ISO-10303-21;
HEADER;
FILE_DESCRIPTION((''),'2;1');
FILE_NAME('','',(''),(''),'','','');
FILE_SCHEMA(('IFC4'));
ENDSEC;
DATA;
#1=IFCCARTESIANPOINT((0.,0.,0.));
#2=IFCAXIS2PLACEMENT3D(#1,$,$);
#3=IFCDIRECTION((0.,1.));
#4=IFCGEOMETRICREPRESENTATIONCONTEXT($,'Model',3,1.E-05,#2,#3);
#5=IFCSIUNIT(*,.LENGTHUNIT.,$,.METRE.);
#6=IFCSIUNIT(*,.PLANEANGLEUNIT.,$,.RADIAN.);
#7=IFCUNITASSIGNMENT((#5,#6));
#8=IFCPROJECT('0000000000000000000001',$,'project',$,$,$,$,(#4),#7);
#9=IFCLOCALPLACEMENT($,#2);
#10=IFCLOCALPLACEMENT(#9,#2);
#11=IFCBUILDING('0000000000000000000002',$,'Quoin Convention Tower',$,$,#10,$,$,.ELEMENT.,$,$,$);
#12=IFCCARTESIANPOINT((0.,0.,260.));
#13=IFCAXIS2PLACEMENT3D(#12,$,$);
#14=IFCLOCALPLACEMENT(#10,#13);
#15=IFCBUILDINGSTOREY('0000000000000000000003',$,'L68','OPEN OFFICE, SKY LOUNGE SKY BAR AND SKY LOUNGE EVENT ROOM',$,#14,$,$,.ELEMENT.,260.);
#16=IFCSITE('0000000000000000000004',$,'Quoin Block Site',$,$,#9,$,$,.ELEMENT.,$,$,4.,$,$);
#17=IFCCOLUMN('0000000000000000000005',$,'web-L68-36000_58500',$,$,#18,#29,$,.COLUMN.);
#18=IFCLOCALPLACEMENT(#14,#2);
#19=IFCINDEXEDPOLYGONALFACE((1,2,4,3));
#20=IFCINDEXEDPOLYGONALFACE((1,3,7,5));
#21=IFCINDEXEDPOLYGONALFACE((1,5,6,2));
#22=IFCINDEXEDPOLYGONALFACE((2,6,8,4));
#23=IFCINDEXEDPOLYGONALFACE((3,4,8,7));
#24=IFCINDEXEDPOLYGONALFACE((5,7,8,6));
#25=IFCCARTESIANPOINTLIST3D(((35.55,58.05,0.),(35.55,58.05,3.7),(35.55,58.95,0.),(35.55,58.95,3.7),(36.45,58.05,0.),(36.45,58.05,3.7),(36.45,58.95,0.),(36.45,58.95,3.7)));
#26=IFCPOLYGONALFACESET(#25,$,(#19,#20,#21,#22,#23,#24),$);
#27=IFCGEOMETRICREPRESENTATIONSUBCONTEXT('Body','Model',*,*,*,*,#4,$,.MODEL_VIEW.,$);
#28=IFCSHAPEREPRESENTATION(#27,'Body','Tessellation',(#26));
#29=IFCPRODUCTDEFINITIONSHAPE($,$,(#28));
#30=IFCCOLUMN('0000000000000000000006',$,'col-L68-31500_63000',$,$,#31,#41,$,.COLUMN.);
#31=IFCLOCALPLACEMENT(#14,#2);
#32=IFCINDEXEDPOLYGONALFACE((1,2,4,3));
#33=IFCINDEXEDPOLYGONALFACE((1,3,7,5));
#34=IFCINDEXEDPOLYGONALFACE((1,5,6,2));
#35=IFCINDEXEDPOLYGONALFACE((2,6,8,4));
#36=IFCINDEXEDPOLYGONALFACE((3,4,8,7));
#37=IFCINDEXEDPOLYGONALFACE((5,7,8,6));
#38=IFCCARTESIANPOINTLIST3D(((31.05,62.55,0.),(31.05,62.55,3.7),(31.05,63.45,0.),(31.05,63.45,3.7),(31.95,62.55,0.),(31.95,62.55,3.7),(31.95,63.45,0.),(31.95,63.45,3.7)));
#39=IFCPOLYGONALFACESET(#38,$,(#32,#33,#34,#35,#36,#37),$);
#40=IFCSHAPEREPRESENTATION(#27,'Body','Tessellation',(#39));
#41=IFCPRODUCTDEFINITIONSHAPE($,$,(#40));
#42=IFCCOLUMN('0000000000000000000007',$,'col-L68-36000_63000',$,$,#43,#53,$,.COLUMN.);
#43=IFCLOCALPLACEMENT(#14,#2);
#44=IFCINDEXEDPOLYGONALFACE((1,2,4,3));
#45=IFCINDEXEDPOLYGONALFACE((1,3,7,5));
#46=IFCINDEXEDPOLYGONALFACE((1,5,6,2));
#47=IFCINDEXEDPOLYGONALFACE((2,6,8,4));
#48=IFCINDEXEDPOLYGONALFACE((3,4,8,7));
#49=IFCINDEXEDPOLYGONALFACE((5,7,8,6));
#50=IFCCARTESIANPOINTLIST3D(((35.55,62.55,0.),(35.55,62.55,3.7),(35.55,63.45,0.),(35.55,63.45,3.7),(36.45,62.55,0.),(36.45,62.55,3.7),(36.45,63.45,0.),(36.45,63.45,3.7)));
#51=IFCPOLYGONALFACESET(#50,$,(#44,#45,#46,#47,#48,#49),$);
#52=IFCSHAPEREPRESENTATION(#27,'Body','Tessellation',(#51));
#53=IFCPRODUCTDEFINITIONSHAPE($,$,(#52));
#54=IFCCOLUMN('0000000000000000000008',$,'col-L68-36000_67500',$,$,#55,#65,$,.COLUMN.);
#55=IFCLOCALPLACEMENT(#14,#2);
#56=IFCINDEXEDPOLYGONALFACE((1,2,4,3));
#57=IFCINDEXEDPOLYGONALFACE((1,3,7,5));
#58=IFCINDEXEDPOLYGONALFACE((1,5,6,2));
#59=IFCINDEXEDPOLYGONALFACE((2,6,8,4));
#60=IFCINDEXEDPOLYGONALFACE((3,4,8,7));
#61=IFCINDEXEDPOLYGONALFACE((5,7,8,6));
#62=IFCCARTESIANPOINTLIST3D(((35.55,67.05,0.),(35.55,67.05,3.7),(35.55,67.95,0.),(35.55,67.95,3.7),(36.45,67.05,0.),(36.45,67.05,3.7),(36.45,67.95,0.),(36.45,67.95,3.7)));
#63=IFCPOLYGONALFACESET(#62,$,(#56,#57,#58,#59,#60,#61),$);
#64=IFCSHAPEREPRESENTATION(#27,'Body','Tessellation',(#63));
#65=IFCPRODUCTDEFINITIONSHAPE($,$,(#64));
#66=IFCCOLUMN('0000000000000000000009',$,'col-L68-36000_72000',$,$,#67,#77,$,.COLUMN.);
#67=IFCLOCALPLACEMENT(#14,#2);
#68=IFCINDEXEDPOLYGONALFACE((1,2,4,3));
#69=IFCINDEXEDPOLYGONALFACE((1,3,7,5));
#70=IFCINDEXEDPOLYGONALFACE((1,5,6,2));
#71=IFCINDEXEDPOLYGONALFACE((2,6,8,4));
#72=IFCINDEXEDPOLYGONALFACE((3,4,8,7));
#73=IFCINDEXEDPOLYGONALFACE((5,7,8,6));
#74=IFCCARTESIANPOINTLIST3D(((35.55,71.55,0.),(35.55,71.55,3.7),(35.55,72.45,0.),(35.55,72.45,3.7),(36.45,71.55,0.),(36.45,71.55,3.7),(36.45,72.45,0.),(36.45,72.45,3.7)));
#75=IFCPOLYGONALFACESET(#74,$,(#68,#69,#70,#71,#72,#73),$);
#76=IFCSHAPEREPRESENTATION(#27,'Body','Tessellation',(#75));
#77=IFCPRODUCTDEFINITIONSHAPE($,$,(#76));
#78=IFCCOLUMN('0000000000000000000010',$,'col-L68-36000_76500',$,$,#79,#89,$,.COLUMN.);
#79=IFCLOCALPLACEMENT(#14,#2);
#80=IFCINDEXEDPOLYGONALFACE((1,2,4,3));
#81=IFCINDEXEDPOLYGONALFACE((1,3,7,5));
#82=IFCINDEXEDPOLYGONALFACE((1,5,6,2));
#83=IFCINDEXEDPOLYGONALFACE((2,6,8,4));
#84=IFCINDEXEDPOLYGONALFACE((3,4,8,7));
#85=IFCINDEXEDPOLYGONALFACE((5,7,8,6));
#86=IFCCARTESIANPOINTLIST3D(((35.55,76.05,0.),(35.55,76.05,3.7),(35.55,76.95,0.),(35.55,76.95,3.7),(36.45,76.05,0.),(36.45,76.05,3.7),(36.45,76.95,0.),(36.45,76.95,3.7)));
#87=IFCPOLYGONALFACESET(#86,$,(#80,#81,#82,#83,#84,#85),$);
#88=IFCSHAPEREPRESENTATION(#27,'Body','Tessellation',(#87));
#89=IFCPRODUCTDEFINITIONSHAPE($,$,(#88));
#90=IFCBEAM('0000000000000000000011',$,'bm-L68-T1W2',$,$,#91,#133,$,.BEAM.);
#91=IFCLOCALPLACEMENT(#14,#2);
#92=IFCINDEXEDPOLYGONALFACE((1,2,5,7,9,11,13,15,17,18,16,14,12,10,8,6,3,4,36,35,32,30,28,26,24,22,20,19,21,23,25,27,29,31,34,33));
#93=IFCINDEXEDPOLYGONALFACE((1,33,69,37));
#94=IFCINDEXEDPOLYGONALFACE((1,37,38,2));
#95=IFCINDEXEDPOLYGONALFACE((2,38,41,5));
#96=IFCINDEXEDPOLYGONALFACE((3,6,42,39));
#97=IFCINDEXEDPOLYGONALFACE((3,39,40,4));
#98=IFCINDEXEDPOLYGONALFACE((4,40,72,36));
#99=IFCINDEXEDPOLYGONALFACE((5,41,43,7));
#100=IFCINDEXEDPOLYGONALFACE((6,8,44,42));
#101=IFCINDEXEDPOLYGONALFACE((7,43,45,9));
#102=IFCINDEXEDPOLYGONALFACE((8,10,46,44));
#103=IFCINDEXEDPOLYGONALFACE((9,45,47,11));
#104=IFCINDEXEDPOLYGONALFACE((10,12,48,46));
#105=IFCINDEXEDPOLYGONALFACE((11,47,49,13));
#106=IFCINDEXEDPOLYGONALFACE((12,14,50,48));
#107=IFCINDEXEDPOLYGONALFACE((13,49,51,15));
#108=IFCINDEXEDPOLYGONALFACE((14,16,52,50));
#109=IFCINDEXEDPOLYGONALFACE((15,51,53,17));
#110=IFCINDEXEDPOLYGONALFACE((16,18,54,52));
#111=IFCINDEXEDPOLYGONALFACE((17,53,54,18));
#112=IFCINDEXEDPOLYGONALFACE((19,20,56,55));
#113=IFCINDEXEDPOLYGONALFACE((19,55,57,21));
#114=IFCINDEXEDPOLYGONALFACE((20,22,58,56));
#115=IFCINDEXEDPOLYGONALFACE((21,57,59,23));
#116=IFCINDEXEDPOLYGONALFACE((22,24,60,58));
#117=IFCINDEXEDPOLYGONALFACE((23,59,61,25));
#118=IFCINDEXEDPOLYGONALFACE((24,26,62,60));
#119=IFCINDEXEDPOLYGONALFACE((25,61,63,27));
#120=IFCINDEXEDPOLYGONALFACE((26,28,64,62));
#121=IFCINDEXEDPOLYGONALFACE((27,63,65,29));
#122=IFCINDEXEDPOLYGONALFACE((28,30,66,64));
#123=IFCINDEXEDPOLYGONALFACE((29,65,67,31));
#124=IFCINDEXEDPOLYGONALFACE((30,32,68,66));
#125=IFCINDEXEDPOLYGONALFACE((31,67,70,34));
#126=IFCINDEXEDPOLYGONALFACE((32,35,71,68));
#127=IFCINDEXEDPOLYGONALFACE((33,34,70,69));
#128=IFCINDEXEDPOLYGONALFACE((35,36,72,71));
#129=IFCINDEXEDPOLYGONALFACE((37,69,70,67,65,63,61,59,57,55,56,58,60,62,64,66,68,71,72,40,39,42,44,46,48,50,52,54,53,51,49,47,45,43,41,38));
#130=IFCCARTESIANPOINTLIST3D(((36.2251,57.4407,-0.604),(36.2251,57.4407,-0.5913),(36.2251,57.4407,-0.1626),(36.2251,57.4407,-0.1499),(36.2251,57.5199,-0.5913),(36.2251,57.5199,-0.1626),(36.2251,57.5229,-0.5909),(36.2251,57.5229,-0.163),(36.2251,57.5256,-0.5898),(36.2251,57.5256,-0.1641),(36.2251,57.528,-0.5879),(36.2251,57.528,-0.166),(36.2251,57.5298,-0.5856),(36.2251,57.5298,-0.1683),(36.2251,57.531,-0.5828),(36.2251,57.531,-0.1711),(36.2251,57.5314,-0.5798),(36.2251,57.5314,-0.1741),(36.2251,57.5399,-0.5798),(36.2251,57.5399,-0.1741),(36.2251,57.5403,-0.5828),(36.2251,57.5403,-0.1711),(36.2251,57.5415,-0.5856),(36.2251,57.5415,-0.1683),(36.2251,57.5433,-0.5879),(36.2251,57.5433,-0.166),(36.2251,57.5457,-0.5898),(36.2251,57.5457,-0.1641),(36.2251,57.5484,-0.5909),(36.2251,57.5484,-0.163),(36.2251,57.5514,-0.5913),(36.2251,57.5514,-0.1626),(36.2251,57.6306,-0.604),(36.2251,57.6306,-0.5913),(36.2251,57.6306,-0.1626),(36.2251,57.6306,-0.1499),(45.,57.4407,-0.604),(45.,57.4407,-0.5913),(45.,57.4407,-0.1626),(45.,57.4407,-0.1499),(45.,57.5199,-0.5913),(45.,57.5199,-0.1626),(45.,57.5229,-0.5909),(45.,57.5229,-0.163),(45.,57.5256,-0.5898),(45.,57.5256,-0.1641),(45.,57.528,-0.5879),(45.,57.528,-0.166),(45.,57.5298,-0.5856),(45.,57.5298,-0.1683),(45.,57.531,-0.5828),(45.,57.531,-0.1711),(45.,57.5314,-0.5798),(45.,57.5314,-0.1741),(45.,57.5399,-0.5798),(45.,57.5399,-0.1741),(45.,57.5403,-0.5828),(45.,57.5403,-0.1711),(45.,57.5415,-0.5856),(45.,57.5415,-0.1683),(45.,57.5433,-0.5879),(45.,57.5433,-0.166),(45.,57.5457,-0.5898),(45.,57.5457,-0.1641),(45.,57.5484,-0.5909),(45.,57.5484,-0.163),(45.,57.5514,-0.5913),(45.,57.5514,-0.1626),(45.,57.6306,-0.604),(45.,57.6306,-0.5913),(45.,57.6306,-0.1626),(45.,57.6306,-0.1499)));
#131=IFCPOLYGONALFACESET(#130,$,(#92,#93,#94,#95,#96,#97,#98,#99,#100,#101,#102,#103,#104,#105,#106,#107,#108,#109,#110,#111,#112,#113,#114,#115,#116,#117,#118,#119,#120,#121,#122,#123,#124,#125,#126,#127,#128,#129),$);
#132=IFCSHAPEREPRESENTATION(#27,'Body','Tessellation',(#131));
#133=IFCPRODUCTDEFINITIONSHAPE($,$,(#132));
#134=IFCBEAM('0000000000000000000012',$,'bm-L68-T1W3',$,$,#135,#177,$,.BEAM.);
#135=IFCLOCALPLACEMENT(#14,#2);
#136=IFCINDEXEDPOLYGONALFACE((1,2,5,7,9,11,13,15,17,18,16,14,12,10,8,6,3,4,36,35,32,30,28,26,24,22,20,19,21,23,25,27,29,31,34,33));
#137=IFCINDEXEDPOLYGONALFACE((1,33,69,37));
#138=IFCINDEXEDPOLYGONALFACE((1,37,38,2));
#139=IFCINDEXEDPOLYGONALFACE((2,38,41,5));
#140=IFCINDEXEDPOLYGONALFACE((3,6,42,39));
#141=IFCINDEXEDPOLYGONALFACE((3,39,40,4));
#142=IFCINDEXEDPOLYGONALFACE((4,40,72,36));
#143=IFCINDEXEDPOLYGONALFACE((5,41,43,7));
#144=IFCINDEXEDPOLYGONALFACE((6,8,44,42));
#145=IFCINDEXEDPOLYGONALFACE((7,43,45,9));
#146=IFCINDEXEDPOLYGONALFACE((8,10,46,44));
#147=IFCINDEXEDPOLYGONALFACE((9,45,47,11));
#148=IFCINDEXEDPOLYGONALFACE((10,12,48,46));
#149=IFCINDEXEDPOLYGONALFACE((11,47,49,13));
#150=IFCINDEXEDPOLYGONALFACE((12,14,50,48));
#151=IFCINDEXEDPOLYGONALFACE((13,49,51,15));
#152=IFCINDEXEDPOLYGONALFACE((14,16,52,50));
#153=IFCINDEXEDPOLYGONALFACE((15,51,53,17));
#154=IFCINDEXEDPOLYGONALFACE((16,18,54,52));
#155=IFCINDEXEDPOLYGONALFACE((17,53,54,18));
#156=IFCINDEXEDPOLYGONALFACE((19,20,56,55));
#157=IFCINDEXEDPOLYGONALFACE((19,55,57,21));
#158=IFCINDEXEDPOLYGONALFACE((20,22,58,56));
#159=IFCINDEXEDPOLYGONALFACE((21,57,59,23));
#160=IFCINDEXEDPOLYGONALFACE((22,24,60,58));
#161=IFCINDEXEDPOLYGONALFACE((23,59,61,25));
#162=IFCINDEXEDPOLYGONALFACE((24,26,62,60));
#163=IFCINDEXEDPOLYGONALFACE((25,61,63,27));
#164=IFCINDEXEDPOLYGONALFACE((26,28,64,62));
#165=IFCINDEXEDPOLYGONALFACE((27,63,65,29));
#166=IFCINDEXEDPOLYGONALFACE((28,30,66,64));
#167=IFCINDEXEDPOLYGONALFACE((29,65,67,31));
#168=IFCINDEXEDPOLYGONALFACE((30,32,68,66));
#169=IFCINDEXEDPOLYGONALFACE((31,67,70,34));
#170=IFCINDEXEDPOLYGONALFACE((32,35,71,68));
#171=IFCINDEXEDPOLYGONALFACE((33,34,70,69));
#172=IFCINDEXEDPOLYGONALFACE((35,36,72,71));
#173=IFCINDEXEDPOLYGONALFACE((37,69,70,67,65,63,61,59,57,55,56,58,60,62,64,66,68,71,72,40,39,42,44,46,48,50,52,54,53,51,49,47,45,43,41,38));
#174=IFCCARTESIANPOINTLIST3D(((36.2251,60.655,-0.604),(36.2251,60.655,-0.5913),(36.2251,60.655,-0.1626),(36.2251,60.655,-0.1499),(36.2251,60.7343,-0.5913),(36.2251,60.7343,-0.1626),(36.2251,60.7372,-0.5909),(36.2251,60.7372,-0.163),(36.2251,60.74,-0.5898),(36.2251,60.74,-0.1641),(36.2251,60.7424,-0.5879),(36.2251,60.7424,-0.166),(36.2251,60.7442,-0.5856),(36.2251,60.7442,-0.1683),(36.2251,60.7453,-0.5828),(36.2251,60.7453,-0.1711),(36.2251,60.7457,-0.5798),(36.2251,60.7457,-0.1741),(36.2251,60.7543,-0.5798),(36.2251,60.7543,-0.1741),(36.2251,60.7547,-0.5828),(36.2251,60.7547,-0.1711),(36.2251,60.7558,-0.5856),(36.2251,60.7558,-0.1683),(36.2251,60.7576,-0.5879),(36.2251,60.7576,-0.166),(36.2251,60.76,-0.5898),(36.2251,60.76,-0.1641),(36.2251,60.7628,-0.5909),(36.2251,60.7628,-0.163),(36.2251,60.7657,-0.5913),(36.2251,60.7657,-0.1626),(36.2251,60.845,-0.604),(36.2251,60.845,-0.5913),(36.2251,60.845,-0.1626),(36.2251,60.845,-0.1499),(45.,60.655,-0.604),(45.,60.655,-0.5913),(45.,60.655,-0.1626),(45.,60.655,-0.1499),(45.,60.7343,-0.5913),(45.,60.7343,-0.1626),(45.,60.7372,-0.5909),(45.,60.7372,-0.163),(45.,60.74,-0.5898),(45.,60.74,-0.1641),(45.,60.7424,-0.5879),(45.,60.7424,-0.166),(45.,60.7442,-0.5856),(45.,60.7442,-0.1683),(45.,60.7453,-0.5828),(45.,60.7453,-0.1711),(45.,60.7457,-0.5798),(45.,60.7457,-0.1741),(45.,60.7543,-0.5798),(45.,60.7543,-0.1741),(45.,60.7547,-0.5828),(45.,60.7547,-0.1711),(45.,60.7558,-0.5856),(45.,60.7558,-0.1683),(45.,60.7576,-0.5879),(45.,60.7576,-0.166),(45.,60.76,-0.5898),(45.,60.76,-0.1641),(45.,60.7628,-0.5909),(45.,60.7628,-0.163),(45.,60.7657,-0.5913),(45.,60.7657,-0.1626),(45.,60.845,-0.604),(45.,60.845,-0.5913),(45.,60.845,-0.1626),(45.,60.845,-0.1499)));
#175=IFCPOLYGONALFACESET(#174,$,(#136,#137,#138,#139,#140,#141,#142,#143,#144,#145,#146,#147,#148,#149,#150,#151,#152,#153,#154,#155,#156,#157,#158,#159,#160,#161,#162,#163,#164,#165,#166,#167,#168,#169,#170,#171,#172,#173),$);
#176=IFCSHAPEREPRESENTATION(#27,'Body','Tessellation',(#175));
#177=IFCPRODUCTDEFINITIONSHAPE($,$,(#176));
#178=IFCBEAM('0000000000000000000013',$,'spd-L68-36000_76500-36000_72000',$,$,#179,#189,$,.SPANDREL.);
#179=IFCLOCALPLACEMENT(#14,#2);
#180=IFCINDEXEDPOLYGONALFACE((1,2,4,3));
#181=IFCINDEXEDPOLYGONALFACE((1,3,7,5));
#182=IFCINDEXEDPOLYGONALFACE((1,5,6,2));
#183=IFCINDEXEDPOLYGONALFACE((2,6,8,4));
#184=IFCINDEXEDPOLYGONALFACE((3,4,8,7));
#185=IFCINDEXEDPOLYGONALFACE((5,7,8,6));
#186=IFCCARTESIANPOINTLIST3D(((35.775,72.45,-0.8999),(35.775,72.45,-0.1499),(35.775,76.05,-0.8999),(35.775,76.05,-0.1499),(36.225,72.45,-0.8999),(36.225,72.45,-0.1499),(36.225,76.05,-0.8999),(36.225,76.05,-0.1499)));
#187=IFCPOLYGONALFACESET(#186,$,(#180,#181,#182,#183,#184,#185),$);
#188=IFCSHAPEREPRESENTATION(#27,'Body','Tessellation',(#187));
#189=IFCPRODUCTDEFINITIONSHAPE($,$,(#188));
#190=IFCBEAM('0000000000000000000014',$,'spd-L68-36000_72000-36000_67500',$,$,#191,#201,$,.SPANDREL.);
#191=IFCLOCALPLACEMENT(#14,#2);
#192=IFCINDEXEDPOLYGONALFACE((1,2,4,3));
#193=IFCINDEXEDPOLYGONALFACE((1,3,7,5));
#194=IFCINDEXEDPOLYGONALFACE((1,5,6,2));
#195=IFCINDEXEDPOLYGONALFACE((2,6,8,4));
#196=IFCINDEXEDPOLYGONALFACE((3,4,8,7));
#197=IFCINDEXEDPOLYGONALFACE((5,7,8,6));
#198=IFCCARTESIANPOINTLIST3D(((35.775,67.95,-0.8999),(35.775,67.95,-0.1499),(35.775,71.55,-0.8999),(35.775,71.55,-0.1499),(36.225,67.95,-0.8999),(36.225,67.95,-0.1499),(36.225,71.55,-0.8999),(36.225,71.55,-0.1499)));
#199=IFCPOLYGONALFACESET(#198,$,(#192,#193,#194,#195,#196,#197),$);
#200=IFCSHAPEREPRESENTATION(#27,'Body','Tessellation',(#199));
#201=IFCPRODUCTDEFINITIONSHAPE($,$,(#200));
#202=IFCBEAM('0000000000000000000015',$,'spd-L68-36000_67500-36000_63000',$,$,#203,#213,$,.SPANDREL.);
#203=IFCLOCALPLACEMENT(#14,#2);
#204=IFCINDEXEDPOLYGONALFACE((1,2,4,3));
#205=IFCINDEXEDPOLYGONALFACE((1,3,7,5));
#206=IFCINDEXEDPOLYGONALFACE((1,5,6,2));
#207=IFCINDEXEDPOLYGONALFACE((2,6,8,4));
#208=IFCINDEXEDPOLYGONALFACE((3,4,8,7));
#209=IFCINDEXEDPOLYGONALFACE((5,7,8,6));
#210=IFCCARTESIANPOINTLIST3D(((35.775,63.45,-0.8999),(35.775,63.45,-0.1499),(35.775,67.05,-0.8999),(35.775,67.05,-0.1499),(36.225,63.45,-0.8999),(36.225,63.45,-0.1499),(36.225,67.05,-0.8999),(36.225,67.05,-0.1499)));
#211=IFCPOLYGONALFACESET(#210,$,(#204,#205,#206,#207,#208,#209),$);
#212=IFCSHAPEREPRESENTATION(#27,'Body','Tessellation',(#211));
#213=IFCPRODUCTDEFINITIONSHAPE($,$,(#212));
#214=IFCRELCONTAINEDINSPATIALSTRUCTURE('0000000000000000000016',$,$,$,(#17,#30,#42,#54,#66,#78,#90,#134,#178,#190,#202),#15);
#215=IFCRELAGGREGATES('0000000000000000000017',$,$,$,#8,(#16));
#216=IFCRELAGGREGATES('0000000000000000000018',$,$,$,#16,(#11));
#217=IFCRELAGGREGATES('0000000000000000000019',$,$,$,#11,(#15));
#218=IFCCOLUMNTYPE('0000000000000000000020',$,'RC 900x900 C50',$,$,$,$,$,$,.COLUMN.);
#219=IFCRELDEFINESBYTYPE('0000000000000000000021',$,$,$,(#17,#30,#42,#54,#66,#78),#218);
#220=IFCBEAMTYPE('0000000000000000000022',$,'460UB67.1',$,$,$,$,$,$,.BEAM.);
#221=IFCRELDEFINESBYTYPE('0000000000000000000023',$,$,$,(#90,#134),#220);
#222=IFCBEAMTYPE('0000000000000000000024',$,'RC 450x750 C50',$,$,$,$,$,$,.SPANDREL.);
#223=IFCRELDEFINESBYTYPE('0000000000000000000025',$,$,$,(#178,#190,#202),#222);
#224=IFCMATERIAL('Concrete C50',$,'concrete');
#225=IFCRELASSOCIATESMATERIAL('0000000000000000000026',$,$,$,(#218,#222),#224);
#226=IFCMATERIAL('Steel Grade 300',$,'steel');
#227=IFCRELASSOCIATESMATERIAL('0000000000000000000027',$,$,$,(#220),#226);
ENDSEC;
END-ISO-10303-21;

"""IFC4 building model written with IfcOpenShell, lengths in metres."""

from ifc_helpers import new_model, si_unit, direction, frame, origin, origin_2d, place, context, subcontext, project, spatial, rectangle, i_section, extrude, material, material_profile, profile_set, type_object, element, save


model = new_model("IFC4")

# Units and contexts
model_context = context("Model", 3, precision=1e-05, world=origin(), true_north=direction((0.0, 1.0)))
body_context = subcontext(model_context, "Body", "Model", "MODEL_VIEW")
ifc_project = project(units=[si_unit("LENGTHUNIT", "METRE"), si_unit("PLANEANGLEUNIT", "RADIAN")], contexts=[model_context])

# Site, building, storey
site_placement = place(None, origin())
site = spatial("IfcSite", under=ifc_project, at=site_placement, Name="Quoin Block Site", CompositionType="ELEMENT", RefElevation=4.0)
building_placement = place(site_placement, origin())
building = spatial("IfcBuilding", under=site, at=building_placement, Name="Quoin Convention Tower", CompositionType="ELEMENT")
storey_placement = place(building_placement, frame((0.0, 0.0, 260.0)))
storey = spatial("IfcBuildingStorey", under=building, at=storey_placement, Name="L68", Description="OPEN OFFICE, SKY LOUNGE SKY BAR AND SKY LOUNGE EVENT ROOM", CompositionType="ELEMENT", Elevation=260.0)

# Columns
ifc_material_1 = material(Name="Concrete C50", Category="concrete")
ifc_material_profile_1 = material_profile(ifc_material_1, rectangle(XDim=0.8999, YDim=0.8999, at=origin_2d()), Name="RC 900x900")
ifc_profile_set_1 = profile_set([ifc_material_profile_1], Name="Concrete C50")
column_type = type_object("IfcColumnType", Name="RC 900x900 C50", PredefinedType="COLUMN", material=ifc_profile_set_1)
for number, where, z_axis, x_axis, name in (
    (1, (36.0, 58.5, 0.0), (0.0, 0.0, 1.0), (1.0, 0.0, 0.0), "web-L68-36000_58500"),
    (2, (31.5, 63.0, 0.0), (0.0, 0.0, 1.0), (1.0, 0.0, 0.0), "col-L68-31500_63000"),
    (3, (36.0, 63.0, 0.0), (0.0, 0.0, 1.0), (1.0, 0.0, 0.0), "col-L68-36000_63000"),
    (4, (36.0, 67.5, 0.0), (0.0, 0.0, 1.0), (1.0, 0.0, 0.0), "col-L68-36000_67500"),
    (5, (36.0, 72.0, 0.0), (0.0, 0.0, 1.0), (1.0, 0.0, 0.0), "col-L68-36000_72000"),
    (6, (36.0, 76.5, 0.0), (0.0, 0.0, 1.0), (1.0, 0.0, 0.0), "col-L68-36000_76500"),
):
    element("IfcColumn", number, at=place(storey_placement, frame(where, z_axis=z_axis, x_axis=x_axis)), inside=storey, type_object=column_type, Name=name, PredefinedType="COLUMN", context=body_context, shape_type="SweptSolid", body=[
        extrude(rectangle(XDim=0.8999, YDim=0.8999, at=origin_2d()), origin(), (0.0, 0.0, 1.0), 3.7),
    ])

# Beams
ifc_material_2 = material(Name="Steel Grade 300", Category="steel")
ifc_material_profile_2 = material_profile(ifc_material_2, i_section(OverallWidth=0.1899, OverallDepth=0.4541, WebThickness=0.0085, FlangeThickness=0.0127, FilletRadius=0.0115, at=origin_2d()), Name="460UB67.1")
ifc_profile_set_2 = profile_set([ifc_material_profile_2], Name="Steel Grade 300")
beam_type_1 = type_object("IfcBeamType", Name="460UB67.1", PredefinedType="BEAM", material=ifc_profile_set_2)
for number, where, z_axis, x_axis, name in (
    (7, (36.2251, 57.5356, -0.377), (1.0, 0.0, 0.0), (0.0, 1.0, 0.0), "bm-L68-T1W2"),
    (8, (36.2251, 60.75, -0.377), (1.0, 0.0, 0.0), (0.0, 1.0, 0.0), "bm-L68-T1W3"),
):
    element("IfcBeam", number, at=place(storey_placement, frame(where, z_axis=z_axis, x_axis=x_axis)), inside=storey, type_object=beam_type_1, Name=name, PredefinedType="BEAM", context=body_context, shape_type="SweptSolid", body=[
        extrude(i_section(OverallWidth=0.1899, OverallDepth=0.4541, WebThickness=0.0085, FlangeThickness=0.0127, FilletRadius=0.0115, at=origin_2d()), origin(), (0.0, 0.0, 1.0), 8.7749),
    ])
ifc_material_profile_3 = material_profile(ifc_material_1, rectangle(XDim=0.45, YDim=0.75, at=origin_2d()), Name="RC 450x750")
ifc_profile_set_3 = profile_set([ifc_material_profile_3], Name="Concrete C50")
beam_type_2 = type_object("IfcBeamType", Name="RC 450x750 C50", PredefinedType="SPANDREL", material=ifc_profile_set_3)
for number, where, z_axis, x_axis, name in (
    (9, (36.0, 76.05, -0.5249), (0.0, -1.0, 0.0), (1.0, 0.0, 0.0), "spd-L68-36000_76500-36000_72000"),
    (10, (36.0, 71.55, -0.5249), (0.0, -1.0, 0.0), (1.0, 0.0, 0.0), "spd-L68-36000_72000-36000_67500"),
    (11, (36.0, 67.05, -0.5249), (0.0, -1.0, 0.0), (1.0, 0.0, 0.0), "spd-L68-36000_67500-36000_63000"),
):
    element("IfcBeam", number, at=place(storey_placement, frame(where, z_axis=z_axis, x_axis=x_axis)), inside=storey, type_object=beam_type_2, Name=name, PredefinedType="SPANDREL", context=body_context, shape_type="SweptSolid", body=[
        extrude(rectangle(XDim=0.45, YDim=0.75, at=origin_2d()), origin(), (0.0, 0.0, 1.0), 3.6001),
    ])

save(model, "model.ifc")
